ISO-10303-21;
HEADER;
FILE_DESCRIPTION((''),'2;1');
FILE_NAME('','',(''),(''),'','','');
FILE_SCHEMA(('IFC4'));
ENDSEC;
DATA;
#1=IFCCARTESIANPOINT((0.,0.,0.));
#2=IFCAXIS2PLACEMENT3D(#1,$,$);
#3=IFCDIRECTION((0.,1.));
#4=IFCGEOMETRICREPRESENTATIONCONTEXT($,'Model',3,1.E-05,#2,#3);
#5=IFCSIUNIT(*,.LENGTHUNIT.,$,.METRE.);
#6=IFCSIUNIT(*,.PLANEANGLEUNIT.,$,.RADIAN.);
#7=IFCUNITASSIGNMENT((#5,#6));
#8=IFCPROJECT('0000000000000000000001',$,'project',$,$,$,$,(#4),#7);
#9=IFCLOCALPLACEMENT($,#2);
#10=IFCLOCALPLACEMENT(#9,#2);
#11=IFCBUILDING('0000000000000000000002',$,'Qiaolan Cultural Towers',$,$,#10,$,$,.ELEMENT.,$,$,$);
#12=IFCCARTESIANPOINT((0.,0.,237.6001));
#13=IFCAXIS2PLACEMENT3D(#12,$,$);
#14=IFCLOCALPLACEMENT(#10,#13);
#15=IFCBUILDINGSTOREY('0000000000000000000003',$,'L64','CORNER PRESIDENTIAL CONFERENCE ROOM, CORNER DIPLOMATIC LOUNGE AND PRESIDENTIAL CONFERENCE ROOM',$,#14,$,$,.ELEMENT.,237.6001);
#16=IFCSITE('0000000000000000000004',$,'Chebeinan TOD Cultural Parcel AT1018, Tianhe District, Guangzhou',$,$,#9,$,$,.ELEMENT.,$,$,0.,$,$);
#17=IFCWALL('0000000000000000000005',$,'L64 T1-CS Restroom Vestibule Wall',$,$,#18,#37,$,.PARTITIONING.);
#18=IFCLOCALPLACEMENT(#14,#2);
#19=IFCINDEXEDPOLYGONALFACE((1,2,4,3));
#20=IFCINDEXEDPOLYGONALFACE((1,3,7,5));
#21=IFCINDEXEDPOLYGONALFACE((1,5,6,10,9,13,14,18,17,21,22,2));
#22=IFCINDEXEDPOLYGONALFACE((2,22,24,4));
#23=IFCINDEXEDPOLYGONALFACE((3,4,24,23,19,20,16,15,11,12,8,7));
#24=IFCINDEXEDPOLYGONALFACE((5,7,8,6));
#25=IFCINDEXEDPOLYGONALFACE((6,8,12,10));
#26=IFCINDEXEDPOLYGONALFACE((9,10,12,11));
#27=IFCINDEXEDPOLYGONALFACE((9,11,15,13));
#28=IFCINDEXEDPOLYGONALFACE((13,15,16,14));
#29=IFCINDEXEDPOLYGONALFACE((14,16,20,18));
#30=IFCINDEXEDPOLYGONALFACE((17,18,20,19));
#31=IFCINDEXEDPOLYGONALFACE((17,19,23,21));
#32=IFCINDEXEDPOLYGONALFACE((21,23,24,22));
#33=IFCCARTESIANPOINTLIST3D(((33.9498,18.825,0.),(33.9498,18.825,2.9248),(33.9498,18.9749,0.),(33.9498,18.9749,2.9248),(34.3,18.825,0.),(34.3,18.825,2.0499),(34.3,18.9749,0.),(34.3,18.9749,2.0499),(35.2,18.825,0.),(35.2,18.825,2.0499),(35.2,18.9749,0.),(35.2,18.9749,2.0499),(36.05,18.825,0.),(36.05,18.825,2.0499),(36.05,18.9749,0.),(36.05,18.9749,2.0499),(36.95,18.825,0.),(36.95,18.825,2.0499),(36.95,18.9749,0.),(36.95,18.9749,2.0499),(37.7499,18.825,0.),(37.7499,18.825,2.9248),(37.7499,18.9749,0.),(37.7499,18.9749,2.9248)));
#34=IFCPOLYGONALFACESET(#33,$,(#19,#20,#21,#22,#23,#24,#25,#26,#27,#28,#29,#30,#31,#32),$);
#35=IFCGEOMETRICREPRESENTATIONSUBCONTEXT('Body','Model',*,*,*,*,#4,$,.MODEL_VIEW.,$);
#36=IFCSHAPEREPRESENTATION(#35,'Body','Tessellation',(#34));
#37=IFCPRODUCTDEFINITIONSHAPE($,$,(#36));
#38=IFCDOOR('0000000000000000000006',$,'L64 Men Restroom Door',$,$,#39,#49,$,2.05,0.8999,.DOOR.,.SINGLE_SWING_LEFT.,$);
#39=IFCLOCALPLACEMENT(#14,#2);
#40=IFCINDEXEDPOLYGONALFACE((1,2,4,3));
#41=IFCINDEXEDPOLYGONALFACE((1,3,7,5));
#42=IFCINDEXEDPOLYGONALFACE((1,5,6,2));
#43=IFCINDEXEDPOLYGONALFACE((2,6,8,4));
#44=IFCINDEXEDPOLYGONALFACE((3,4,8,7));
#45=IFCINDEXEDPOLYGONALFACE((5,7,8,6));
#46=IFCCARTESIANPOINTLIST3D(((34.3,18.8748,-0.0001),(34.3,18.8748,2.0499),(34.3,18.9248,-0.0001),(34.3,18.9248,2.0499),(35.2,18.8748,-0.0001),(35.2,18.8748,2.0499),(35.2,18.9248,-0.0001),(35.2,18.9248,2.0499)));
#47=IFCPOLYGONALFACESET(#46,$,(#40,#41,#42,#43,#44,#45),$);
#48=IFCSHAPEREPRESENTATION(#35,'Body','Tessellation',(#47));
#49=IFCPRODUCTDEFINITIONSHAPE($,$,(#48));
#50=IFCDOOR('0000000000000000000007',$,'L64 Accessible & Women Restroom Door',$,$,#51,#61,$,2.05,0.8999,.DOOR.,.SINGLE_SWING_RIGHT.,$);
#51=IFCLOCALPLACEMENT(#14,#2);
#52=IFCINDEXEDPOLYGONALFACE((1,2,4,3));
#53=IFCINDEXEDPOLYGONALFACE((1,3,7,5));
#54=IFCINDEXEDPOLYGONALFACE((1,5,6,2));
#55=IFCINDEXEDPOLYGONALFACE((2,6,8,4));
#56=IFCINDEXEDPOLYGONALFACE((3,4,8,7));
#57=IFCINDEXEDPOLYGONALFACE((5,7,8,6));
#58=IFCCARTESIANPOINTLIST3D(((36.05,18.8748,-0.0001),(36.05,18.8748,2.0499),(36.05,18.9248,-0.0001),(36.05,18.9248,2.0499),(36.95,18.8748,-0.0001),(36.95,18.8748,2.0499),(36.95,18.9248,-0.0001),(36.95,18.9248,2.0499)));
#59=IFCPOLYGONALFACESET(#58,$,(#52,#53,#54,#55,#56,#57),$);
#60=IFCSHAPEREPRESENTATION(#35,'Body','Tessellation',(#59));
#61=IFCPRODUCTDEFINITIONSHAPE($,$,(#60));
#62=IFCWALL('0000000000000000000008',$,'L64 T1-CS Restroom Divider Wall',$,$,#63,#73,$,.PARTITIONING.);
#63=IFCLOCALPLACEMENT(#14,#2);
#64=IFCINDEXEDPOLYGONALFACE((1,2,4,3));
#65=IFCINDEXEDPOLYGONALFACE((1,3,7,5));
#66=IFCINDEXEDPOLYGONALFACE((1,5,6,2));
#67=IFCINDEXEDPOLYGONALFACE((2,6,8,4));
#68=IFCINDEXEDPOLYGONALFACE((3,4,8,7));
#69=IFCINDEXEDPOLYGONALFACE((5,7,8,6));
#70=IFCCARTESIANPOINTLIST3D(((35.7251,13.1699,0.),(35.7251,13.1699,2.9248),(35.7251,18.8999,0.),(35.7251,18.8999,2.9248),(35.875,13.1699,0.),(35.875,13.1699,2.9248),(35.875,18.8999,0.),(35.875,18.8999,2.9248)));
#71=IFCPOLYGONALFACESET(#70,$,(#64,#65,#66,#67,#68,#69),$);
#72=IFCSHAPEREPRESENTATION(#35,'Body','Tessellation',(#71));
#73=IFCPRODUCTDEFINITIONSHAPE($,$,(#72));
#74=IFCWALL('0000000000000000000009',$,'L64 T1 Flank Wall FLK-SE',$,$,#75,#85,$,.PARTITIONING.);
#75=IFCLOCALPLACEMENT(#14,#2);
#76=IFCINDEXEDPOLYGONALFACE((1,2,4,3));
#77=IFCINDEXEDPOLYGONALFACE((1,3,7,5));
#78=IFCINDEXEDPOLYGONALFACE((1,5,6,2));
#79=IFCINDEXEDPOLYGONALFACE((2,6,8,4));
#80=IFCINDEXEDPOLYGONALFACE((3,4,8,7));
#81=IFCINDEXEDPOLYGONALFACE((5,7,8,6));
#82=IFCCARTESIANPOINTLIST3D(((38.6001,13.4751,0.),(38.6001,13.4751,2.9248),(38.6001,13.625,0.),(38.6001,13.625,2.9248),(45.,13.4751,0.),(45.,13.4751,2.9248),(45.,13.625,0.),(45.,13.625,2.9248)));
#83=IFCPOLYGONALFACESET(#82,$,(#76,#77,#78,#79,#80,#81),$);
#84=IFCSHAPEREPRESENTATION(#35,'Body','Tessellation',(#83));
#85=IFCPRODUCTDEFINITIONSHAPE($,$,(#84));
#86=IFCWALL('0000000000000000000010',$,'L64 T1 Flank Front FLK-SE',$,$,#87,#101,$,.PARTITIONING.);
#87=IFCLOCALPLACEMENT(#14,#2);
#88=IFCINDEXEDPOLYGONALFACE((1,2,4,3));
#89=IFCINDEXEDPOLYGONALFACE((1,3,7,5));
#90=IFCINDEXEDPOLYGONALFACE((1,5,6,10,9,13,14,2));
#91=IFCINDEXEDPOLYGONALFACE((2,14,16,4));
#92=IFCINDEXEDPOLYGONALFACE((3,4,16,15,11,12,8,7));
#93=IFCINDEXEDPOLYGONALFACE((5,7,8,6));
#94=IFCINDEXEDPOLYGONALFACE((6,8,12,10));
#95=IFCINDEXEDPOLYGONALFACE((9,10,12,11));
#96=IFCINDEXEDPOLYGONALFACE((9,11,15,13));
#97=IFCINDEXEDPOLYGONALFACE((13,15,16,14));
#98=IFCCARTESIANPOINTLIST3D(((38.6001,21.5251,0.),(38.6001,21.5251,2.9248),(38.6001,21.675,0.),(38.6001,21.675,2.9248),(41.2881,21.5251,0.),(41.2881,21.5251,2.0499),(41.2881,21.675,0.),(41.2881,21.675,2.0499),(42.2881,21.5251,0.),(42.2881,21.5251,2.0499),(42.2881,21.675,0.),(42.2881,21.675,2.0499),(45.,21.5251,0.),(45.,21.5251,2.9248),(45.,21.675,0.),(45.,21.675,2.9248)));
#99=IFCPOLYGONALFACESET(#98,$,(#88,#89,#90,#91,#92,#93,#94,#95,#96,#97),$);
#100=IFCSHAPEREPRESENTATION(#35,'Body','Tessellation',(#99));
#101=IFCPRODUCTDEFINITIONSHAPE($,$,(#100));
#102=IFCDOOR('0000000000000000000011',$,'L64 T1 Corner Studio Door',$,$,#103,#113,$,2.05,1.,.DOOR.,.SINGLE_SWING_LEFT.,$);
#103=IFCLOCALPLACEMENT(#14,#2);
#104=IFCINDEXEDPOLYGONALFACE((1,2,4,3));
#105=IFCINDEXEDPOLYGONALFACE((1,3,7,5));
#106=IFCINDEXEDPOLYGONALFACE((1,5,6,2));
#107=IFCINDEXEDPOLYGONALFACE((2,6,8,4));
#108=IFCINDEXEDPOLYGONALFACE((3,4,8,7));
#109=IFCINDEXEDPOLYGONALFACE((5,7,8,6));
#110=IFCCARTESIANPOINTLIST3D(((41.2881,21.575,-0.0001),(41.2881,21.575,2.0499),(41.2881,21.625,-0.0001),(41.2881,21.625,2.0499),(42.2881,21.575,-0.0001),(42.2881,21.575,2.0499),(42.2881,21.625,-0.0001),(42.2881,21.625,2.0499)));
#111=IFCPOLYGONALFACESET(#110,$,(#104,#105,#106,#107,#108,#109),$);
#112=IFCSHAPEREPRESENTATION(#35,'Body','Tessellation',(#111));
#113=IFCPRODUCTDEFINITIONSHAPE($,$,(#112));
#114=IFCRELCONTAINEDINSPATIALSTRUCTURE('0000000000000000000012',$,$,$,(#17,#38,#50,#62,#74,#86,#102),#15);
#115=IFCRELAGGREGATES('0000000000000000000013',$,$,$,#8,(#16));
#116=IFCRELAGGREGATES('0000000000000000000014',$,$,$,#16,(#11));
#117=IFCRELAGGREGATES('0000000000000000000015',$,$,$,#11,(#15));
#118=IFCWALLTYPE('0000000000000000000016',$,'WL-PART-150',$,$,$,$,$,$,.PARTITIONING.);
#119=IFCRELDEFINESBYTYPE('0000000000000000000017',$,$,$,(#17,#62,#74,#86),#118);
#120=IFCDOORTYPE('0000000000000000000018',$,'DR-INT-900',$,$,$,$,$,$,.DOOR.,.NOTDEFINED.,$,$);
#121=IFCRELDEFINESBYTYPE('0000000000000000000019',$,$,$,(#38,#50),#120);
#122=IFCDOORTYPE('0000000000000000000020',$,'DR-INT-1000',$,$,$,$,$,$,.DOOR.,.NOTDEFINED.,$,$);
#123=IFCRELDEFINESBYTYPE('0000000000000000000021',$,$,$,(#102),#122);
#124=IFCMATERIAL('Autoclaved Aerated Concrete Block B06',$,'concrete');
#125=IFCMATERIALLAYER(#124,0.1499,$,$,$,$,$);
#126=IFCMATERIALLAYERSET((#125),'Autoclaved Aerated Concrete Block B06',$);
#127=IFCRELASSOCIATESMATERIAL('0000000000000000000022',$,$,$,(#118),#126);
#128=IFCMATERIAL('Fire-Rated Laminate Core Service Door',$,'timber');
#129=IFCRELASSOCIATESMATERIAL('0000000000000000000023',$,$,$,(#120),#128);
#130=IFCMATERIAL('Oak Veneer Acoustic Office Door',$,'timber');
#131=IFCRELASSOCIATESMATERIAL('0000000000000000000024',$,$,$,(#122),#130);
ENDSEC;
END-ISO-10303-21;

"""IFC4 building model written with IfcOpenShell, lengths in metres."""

from ifc_helpers import new_model, si_unit, direction, frame, frame_2d, origin, place, context, subcontext, project, spatial, rectangle, extrude, material, layer, layer_set, type_object, element, fill, save


model = new_model("IFC4")

# Units and contexts
model_context = context("Model", 3, precision=1e-05, world=origin(), true_north=direction((0.0, 1.0)))
body_context = subcontext(model_context, "Body", "Model", "MODEL_VIEW")
ifc_project = project(units=[si_unit("LENGTHUNIT", "METRE"), si_unit("PLANEANGLEUNIT", "RADIAN")], contexts=[model_context])

# Site, building, storey
site_placement = place(None, origin())
site = spatial("IfcSite", under=ifc_project, at=site_placement, Name="Chebeinan TOD Cultural Parcel AT1018, Tianhe District, Guangzhou", CompositionType="ELEMENT", RefElevation=0.0)
building_placement = place(site_placement, origin())
building = spatial("IfcBuilding", under=site, at=building_placement, Name="Qiaolan Cultural Towers", CompositionType="ELEMENT")
storey_placement = place(building_placement, frame((0.0, 0.0, 237.6001)))
storey = spatial("IfcBuildingStorey", under=building, at=storey_placement, Name="L64", Description="CORNER PRESIDENTIAL CONFERENCE ROOM, CORNER DIPLOMATIC LOUNGE AND PRESIDENTIAL CONFERENCE ROOM", CompositionType="ELEMENT", Elevation=237.6001)

# Shared definitions
ifc_material_1 = material(Name="Autoclaved Aerated Concrete Block B06", Category="concrete")
ifc_layer_1 = layer(ifc_material_1, 0.1499)
ifc_layer_set_1 = layer_set([ifc_layer_1], Name="Autoclaved Aerated Concrete Block B06")
wall_type_1 = type_object("IfcWallType", Name="WL-PART-150", PredefinedType="PARTITIONING", material=ifc_layer_set_1)

# Wall, openings, doors
wall_1_placement = place(storey_placement, frame((33.95, 18.8999, 0.0), z_axis=(0.0, 0.0, 1.0), x_axis=(1.0, 0.0, 0.0)))
wall_1 = element("IfcWall", 1, at=wall_1_placement, inside=storey, type_object=wall_type_1, Name="L64 T1-CS Restroom Vestibule Wall", PredefinedType="PARTITIONING", context=body_context, shape_type="SweptSolid", body=[
    extrude(rectangle(XDim=3.8, YDim=0.1499, at=frame_2d((1.8999, 0.0))), origin(), (0.0, 0.0, 1.0), 2.9248),
])
opening_1_placement = place(wall_1_placement, frame((0.3501, 0.0, 0.0)))
opening_1 = element("IfcOpeningElement", 2, at=opening_1_placement, cuts=wall_1, PredefinedType="OPENING", context=body_context, shape_type="SweptSolid", body=[
    extrude(rectangle(XDim=0.8999, YDim=2.05, at=frame_2d((0.45, 1.0249))), frame((0.0, 0.085, 0.0), z_axis=(0.0, -1.0, 0.0), x_axis=(1.0, 0.0, 0.0)), (0.0, 0.0, 1.0), 0.1699),
])
opening_2_placement = place(wall_1_placement, frame((2.1001, 0.0, 0.0)))
opening_2 = element("IfcOpeningElement", 3, at=opening_2_placement, cuts=wall_1, PredefinedType="OPENING", context=body_context, shape_type="SweptSolid", body=[
    extrude(rectangle(XDim=0.8999, YDim=2.05, at=frame_2d((0.45, 1.0249))), frame((0.0, 0.085, 0.0), z_axis=(0.0, -1.0, 0.0), x_axis=(1.0, 0.0, 0.0)), (0.0, 0.0, 1.0), 0.1699),
])
ifc_material_2 = material(Name="Fire-Rated Laminate Core Service Door", Category="timber")
door_type_1 = type_object("IfcDoorType", Name="DR-INT-900", OperationType="NOTDEFINED", PredefinedType="DOOR", material=ifc_material_2)
door_1_placement = place(opening_1_placement, origin())
door_1 = element("IfcDoor", 4, at=door_1_placement, inside=storey, type_object=door_type_1, Name="L64 Men Restroom Door", OperationType="SINGLE_SWING_LEFT", OverallHeight=2.05, OverallWidth=0.8999, PredefinedType="DOOR", context=body_context, shape_type="SweptSolid", body=[
    extrude(rectangle(XDim=0.8999, YDim=2.05, at=frame_2d((0.45, 1.0249))), frame((0.0, 0.0249, 0.0), z_axis=(0.0, -1.0, 0.0), x_axis=(1.0, 0.0, 0.0)), (0.0, 0.0, 1.0), 0.05),
])
fill(opening_1, door_1)
door_2_placement = place(opening_2_placement, origin())
door_2 = element("IfcDoor", 5, at=door_2_placement, inside=storey, type_object=door_type_1, Name="L64 Accessible & Women Restroom Door", OperationType="SINGLE_SWING_RIGHT", OverallHeight=2.05, OverallWidth=0.8999, PredefinedType="DOOR", context=body_context, shape_type="SweptSolid", body=[
    extrude(rectangle(XDim=0.8999, YDim=2.05, at=frame_2d((0.45, 1.0249))), frame((0.0, 0.0249, 0.0), z_axis=(0.0, -1.0, 0.0), x_axis=(1.0, 0.0, 0.0)), (0.0, 0.0, 1.0), 0.05),
])
fill(opening_2, door_2)

# Walls
wall_2_placement = place(storey_placement, frame((35.8, 18.8999, 0.0), z_axis=(0.0, 0.0, 1.0), x_axis=(0.0, -1.0, 0.0)))
element("IfcWall", 6, at=wall_2_placement, inside=storey, type_object=wall_type_1, Name="L64 T1-CS Restroom Divider Wall", PredefinedType="PARTITIONING", context=body_context, shape_type="SweptSolid", body=[
    extrude(rectangle(XDim=5.73, YDim=0.1499, at=frame_2d((2.865, 0.0))), origin(), (0.0, 0.0, 1.0), 2.9248),
])
wall_3_placement = place(storey_placement, frame((38.6001, 13.55, 0.0), z_axis=(0.0, 0.0, 1.0), x_axis=(1.0, 0.0, 0.0)))
element("IfcWall", 7, at=wall_3_placement, inside=storey, type_object=wall_type_1, Name="L64 T1 Flank Wall FLK-SE", PredefinedType="PARTITIONING", context=body_context, shape_type="SweptSolid", body=[
    extrude(rectangle(XDim=6.3999, YDim=0.1499, at=frame_2d((3.2, 0.0))), origin(), (0.0, 0.0, 1.0), 2.9248),
])

# Wall, opening, door
wall_4_placement = place(storey_placement, frame((38.6001, 21.6001, 0.0), z_axis=(0.0, 0.0, 1.0), x_axis=(1.0, 0.0, 0.0)))
wall_4 = element("IfcWall", 8, at=wall_4_placement, inside=storey, type_object=wall_type_1, Name="L64 T1 Flank Front FLK-SE", PredefinedType="PARTITIONING", context=body_context, shape_type="SweptSolid", body=[
    extrude(rectangle(XDim=6.3999, YDim=0.1499, at=frame_2d((3.2, 0.0))), origin(), (0.0, 0.0, 1.0), 2.9248),
])
opening_3_placement = place(wall_4_placement, frame((2.688, 0.0, 0.0)))
opening_3 = element("IfcOpeningElement", 9, at=opening_3_placement, cuts=wall_4, PredefinedType="OPENING", context=body_context, shape_type="SweptSolid", body=[
    extrude(rectangle(XDim=1.0, YDim=2.05, at=frame_2d((0.5, 1.0249))), frame((0.0, 0.085, 0.0), z_axis=(0.0, -1.0, 0.0), x_axis=(1.0, 0.0, 0.0)), (0.0, 0.0, 1.0), 0.1699),
])
ifc_material_3 = material(Name="Oak Veneer Acoustic Office Door", Category="timber")
door_type_2 = type_object("IfcDoorType", Name="DR-INT-1000", OperationType="NOTDEFINED", PredefinedType="DOOR", material=ifc_material_3)
door_3_placement = place(opening_3_placement, origin())
door_3 = element("IfcDoor", 10, at=door_3_placement, inside=storey, type_object=door_type_2, Name="L64 T1 Corner Studio Door", OperationType="SINGLE_SWING_LEFT", OverallHeight=2.05, OverallWidth=1.0, PredefinedType="DOOR", context=body_context, shape_type="SweptSolid", body=[
    extrude(rectangle(XDim=1.0, YDim=2.05, at=frame_2d((0.5, 1.0249))), frame((0.0, 0.0249, 0.0), z_axis=(0.0, -1.0, 0.0), x_axis=(1.0, 0.0, 0.0)), (0.0, 0.0, 1.0), 0.05),
])
fill(opening_3, door_3)

save(model, "model.ifc")
